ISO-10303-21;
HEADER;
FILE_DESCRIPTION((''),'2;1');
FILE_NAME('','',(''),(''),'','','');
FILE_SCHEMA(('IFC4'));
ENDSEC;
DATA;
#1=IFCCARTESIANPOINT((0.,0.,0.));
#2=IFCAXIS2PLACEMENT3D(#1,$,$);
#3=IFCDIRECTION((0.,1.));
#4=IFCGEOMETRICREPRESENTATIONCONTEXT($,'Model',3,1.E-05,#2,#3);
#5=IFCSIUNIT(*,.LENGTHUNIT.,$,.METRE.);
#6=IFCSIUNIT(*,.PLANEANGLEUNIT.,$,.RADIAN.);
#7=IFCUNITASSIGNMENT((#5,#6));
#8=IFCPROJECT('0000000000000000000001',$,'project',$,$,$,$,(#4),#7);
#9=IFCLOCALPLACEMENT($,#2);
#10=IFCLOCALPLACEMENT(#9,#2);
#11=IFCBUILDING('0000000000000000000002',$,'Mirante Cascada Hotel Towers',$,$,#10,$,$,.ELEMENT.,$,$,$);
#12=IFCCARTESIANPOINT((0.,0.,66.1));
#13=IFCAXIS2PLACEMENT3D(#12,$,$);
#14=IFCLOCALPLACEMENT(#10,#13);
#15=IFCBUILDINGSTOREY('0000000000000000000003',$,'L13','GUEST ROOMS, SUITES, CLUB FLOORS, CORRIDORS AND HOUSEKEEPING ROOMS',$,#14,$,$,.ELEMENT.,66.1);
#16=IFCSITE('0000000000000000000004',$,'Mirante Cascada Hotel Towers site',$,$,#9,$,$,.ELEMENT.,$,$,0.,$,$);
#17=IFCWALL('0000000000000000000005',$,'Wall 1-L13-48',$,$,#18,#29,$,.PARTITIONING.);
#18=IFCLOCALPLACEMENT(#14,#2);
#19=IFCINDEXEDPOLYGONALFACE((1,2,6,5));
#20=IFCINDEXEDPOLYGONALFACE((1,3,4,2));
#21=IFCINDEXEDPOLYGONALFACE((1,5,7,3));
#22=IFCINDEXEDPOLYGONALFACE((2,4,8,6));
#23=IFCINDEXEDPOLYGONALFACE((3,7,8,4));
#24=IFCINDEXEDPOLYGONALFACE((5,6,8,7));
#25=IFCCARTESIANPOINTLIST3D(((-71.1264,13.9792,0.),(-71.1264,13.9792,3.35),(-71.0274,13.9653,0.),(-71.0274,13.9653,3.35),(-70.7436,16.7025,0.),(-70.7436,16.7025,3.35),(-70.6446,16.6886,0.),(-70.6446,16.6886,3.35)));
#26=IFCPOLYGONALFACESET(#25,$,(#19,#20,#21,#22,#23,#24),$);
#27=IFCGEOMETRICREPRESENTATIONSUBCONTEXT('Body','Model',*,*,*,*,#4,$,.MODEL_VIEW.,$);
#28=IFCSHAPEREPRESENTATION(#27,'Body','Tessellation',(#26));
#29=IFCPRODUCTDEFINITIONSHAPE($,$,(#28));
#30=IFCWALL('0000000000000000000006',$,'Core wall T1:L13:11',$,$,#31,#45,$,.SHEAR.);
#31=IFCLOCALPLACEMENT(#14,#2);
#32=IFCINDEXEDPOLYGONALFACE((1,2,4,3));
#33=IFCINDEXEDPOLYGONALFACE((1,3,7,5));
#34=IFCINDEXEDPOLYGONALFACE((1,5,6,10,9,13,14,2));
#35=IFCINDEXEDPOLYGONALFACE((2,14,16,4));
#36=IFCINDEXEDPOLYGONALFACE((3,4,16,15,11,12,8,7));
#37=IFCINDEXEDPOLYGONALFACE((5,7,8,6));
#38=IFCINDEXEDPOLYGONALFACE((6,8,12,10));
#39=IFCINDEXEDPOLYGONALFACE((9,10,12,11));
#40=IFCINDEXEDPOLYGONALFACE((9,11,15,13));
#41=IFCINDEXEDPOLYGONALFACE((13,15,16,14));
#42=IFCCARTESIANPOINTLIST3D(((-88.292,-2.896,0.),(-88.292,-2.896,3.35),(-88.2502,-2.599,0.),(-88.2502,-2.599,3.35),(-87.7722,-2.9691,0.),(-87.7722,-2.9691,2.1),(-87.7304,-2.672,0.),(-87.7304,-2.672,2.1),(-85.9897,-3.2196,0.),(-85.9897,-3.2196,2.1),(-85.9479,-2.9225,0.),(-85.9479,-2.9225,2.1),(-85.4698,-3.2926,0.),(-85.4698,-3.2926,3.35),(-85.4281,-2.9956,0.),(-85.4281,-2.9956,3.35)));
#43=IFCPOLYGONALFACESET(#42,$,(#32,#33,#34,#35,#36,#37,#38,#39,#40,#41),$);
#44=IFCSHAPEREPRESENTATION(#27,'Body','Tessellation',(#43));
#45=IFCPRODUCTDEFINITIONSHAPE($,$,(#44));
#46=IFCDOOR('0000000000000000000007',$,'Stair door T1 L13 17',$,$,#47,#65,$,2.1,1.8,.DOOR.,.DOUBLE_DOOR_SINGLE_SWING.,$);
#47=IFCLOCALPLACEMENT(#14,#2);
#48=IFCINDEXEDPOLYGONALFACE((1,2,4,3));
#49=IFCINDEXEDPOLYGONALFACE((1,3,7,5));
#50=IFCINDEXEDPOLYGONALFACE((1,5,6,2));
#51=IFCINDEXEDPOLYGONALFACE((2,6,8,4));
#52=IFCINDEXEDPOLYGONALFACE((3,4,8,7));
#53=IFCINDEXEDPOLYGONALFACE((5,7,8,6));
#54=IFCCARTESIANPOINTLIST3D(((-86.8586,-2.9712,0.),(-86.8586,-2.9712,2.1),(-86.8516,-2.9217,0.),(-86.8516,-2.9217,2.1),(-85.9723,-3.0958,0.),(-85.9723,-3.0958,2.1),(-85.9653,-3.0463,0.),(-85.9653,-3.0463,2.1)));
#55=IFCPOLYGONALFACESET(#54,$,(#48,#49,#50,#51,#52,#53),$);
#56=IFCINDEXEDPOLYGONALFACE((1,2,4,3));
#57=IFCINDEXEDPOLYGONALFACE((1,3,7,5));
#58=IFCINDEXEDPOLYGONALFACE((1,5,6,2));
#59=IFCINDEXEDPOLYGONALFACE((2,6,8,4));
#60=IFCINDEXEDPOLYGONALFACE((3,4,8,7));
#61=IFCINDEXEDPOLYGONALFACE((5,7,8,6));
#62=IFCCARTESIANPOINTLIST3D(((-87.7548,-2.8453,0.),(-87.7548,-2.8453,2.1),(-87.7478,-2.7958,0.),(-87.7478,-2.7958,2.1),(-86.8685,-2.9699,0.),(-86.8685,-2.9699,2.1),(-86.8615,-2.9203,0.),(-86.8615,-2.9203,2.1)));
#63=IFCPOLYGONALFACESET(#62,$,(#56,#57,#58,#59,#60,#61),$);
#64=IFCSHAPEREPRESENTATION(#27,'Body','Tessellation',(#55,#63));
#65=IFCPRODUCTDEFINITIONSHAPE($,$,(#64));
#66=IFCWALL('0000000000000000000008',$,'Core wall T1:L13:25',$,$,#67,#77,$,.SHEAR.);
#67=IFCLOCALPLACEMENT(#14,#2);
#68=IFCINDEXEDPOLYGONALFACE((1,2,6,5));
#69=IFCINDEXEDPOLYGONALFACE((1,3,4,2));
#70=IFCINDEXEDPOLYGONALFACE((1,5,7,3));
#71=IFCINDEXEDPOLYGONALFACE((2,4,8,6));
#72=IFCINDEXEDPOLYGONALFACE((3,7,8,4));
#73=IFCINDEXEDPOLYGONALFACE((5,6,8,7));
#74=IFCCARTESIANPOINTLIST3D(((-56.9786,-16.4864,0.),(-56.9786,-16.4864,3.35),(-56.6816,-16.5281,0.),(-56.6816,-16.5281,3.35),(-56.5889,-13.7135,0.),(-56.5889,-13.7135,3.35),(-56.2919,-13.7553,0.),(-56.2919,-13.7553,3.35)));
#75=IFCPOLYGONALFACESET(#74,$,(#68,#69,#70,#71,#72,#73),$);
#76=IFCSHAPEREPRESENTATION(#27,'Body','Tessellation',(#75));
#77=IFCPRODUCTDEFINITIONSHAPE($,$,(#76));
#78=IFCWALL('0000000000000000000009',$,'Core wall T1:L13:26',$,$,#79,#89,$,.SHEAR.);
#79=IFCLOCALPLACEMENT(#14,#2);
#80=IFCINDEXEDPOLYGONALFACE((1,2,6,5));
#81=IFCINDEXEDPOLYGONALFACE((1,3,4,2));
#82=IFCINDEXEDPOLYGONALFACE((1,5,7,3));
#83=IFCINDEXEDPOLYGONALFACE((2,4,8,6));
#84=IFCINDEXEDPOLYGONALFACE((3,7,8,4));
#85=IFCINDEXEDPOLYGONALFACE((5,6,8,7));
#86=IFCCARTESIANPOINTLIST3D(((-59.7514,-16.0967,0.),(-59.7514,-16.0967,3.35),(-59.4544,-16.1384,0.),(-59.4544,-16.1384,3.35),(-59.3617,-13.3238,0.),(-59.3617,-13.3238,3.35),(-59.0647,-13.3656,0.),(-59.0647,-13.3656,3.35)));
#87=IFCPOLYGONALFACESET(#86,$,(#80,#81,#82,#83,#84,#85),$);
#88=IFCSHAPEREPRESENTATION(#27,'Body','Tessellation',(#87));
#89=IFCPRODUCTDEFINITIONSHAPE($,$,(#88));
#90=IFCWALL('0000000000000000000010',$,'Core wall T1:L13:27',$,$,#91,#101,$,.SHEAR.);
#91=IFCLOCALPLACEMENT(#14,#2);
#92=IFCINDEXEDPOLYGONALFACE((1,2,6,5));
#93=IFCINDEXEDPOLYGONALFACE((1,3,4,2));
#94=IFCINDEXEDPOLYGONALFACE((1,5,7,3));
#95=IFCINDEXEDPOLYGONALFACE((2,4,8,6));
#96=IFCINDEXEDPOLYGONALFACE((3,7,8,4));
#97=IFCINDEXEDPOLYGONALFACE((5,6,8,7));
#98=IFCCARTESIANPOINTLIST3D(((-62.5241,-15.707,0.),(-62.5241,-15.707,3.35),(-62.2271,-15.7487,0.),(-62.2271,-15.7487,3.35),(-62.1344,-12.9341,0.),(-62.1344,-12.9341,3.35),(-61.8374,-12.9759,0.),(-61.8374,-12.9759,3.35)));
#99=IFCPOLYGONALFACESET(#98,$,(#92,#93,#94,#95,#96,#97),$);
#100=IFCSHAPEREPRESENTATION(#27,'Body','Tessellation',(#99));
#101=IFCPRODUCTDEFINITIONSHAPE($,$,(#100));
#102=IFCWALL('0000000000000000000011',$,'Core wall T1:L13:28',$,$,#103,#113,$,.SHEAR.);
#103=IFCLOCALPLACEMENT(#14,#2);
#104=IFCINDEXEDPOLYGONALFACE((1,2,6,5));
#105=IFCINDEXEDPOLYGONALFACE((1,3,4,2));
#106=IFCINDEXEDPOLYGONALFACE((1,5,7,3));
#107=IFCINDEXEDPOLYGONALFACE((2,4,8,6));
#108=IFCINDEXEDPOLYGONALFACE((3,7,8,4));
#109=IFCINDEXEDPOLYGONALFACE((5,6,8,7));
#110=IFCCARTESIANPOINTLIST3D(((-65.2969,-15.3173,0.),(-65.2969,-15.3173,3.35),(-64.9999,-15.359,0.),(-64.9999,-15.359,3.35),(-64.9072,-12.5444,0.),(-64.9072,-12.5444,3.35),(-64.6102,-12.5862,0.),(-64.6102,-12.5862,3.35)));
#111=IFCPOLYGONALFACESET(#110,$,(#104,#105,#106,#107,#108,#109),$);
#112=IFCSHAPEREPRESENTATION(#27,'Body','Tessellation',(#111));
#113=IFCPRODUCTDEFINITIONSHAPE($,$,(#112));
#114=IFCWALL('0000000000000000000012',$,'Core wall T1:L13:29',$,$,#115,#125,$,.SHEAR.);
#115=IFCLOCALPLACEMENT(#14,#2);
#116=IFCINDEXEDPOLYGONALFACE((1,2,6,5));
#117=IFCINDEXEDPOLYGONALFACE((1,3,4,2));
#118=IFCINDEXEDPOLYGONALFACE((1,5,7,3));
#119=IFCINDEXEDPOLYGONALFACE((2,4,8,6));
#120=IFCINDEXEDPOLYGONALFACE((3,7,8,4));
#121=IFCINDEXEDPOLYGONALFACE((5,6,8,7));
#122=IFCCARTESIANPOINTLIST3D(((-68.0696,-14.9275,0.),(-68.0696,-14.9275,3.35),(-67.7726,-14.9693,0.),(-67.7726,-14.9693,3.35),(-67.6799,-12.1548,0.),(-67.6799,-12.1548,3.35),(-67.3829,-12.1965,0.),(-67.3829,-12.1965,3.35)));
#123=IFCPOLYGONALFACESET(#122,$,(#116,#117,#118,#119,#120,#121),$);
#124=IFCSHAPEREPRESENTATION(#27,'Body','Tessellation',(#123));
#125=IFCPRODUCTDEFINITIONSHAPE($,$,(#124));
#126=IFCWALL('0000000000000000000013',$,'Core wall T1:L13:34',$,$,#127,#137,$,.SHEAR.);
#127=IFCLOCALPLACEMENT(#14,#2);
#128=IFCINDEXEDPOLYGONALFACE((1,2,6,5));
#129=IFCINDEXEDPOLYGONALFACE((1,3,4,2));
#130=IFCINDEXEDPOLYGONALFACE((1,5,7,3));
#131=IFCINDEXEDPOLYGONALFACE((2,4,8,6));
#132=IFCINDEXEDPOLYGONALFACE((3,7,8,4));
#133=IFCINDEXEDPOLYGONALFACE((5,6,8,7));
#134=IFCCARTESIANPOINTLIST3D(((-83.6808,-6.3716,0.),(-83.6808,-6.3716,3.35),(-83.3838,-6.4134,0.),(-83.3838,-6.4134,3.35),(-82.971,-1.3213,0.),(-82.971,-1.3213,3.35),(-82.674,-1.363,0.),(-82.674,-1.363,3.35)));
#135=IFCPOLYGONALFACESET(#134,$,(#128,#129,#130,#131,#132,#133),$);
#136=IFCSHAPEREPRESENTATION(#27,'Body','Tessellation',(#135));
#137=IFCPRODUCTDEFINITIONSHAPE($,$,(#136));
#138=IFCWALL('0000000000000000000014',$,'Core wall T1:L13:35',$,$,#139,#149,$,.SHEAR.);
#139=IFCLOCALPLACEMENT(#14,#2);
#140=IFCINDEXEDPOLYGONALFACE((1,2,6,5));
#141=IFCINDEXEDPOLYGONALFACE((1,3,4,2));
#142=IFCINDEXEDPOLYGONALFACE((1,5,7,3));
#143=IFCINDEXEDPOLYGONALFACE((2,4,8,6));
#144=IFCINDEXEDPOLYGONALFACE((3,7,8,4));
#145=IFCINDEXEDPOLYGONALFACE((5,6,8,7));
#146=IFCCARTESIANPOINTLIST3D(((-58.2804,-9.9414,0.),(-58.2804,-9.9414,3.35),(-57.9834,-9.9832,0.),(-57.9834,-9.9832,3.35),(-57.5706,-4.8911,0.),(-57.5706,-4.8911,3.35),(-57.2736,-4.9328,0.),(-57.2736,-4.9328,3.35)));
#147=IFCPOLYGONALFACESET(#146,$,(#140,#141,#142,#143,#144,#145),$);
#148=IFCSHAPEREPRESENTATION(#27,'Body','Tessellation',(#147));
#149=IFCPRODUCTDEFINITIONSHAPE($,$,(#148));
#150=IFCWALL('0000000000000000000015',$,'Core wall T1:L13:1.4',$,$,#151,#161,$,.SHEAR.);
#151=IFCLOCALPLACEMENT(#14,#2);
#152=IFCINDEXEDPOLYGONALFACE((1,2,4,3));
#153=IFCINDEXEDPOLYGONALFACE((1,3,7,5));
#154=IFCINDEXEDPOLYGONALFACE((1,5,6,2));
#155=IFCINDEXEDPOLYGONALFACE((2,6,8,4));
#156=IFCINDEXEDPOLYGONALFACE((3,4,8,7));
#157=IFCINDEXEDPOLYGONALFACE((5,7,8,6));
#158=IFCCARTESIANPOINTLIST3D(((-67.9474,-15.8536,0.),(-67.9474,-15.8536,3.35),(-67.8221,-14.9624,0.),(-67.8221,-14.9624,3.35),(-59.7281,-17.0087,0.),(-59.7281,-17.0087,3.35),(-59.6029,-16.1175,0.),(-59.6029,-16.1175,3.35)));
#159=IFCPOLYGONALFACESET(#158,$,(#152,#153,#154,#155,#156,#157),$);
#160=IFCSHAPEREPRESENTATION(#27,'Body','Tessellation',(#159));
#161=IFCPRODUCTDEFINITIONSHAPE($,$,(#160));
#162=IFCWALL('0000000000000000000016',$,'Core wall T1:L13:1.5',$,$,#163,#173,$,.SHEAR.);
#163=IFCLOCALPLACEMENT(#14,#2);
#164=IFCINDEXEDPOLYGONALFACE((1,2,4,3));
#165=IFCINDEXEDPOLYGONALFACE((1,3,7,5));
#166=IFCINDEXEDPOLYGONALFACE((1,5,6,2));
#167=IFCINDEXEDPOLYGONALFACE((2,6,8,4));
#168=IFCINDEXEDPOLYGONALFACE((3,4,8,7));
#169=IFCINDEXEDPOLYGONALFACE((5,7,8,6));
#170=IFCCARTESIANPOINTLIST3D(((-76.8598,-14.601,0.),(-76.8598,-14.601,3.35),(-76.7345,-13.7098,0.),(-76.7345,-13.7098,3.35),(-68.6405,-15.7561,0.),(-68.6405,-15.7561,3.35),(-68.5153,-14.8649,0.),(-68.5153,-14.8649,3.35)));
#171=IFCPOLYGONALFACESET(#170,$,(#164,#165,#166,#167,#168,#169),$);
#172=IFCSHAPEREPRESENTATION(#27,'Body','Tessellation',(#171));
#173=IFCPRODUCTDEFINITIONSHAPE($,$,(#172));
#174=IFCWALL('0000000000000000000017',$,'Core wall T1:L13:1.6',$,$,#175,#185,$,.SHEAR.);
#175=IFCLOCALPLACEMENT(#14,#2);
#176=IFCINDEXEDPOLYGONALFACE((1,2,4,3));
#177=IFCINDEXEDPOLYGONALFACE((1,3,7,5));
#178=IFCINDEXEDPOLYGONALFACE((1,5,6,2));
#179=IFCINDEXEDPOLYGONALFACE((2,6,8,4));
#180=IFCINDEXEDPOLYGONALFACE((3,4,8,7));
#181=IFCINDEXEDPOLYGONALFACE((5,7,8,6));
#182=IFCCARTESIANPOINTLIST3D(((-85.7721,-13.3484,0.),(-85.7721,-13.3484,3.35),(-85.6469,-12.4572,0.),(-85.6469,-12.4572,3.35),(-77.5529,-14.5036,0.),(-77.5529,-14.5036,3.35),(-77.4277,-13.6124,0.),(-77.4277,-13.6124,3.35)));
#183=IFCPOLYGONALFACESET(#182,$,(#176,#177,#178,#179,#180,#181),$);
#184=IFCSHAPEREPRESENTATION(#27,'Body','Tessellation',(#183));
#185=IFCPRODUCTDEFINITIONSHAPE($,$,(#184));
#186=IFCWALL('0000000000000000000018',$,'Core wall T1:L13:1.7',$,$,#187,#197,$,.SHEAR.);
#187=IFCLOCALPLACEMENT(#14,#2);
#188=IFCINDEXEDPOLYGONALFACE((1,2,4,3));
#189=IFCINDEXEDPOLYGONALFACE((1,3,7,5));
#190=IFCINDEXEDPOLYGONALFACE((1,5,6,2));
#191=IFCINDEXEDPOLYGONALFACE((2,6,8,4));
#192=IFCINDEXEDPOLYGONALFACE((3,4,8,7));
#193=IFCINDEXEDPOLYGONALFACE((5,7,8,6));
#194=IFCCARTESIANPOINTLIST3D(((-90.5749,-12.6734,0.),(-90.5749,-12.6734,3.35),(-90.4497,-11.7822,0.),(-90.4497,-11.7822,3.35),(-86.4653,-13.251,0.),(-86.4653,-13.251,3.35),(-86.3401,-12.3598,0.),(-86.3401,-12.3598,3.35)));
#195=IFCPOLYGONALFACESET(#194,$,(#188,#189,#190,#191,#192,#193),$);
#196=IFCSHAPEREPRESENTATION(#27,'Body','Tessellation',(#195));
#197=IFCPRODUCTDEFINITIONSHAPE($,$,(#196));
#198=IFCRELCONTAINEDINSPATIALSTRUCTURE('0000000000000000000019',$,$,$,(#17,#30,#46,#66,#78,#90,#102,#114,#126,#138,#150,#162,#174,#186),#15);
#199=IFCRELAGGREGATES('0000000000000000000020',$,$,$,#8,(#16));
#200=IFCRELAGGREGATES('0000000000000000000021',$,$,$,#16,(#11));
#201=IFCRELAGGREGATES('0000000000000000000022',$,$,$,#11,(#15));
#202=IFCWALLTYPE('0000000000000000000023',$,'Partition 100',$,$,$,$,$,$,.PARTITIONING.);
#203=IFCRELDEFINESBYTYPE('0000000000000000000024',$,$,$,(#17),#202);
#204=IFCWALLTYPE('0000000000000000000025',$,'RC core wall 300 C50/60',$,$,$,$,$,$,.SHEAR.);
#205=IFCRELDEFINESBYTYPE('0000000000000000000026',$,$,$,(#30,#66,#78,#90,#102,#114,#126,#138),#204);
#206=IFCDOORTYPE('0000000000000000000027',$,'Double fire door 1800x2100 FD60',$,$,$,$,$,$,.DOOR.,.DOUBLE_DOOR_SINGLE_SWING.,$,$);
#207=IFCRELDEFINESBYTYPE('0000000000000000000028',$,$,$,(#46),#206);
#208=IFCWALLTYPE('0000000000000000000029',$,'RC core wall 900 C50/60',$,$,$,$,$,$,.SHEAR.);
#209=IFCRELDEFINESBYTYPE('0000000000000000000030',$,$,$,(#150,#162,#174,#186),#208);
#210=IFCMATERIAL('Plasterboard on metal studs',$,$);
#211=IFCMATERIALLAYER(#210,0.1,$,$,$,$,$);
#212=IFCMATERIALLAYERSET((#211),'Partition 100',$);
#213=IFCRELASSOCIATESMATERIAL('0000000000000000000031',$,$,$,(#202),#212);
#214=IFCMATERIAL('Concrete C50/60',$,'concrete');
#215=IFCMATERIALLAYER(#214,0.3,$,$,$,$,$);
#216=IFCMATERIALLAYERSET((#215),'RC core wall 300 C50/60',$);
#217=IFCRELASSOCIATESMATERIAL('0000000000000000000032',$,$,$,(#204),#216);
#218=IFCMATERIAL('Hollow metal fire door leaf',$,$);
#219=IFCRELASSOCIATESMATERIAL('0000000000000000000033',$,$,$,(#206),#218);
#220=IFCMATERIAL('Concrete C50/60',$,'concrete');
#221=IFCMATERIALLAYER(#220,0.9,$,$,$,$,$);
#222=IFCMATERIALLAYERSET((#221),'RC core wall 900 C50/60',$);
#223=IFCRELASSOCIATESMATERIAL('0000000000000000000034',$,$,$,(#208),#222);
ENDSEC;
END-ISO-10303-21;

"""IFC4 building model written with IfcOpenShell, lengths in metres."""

from ifc_helpers import new_model, si_unit, direction, frame, frame_2d, origin, place, context, subcontext, project, spatial, rectangle, extrude, material, layer, layer_set, type_object, element, fill, save


model = new_model("IFC4")

# Units and contexts
model_context = context("Model", 3, precision=1e-05, world=origin(), true_north=direction((0.0, 1.0)))
body_context = subcontext(model_context, "Body", "Model", "MODEL_VIEW")
ifc_project = project(units=[si_unit("LENGTHUNIT", "METRE"), si_unit("PLANEANGLEUNIT", "RADIAN")], contexts=[model_context])

# Site, building, storey
site_placement = place(None, origin())
site = spatial("IfcSite", under=ifc_project, at=site_placement, Name="Mirante Cascada Hotel Towers site", CompositionType="ELEMENT", RefElevation=0.0)
building_placement = place(site_placement, origin())
building = spatial("IfcBuilding", under=site, at=building_placement, Name="Mirante Cascada Hotel Towers", CompositionType="ELEMENT")
storey_placement = place(building_placement, frame((0.0, 0.0, 66.1)))
storey = spatial("IfcBuildingStorey", under=building, at=storey_placement, Name="L13", Description="GUEST ROOMS, SUITES, CLUB FLOORS, CORRIDORS AND HOUSEKEEPING ROOMS", CompositionType="ELEMENT", Elevation=66.1)

# Wall
ifc_material_1 = material(Name="Plasterboard on metal studs")
ifc_layer_1 = layer(ifc_material_1, 0.1)
ifc_layer_set_1 = layer_set([ifc_layer_1], Name="Partition 100")
wall_type_1 = type_object("IfcWallType", Name="Partition 100", PredefinedType="PARTITIONING", material=ifc_layer_set_1)
wall_1_placement = place(storey_placement, frame((-71.0769, 13.9722, 0.0), z_axis=(0.0, 0.0, 1.0), x_axis=(0.139196, 0.990265, 0.0)))
element("IfcWall", 1, at=wall_1_placement, inside=storey, type_object=wall_type_1, Name="Wall 1-L13-48", PredefinedType="PARTITIONING", context=body_context, shape_type="SweptSolid", body=[
    extrude(rectangle(XDim=2.7501, YDim=0.1, at=frame_2d((1.3751, 0.0))), origin(), (0.0, 0.0, 1.0), 3.35),
])

# Wall, opening, door
ifc_material_2 = material(Name="Concrete C50/60", Category="concrete")
ifc_layer_2 = layer(ifc_material_2, 0.3)
ifc_layer_set_2 = layer_set([ifc_layer_2], Name="RC core wall 300 C50/60")
wall_type_2 = type_object("IfcWallType", Name="RC core wall 300 C50/60", PredefinedType="SHEAR", material=ifc_layer_set_2)
wall_2_placement = place(storey_placement, frame((-85.4489, -3.1441, 0.0), z_axis=(0.0, 0.0, 1.0), x_axis=(-0.99027, 0.139161, 0.0)))
wall_2 = element("IfcWall", 2, at=wall_2_placement, inside=storey, type_object=wall_type_2, Name="Core wall T1:L13:11", PredefinedType="SHEAR", context=body_context, shape_type="SweptSolid", body=[
    extrude(rectangle(XDim=2.8499, YDim=0.3, at=frame_2d((1.425, 0.0))), origin(), (0.0, 0.0, 1.0), 3.35),
])
opening_placement = place(wall_2_placement, frame((0.525, 0.0, 0.0)))
opening = element("IfcOpeningElement", 3, at=opening_placement, cuts=wall_2, PredefinedType="OPENING", context=body_context, shape_type="SweptSolid", body=[
    extrude(rectangle(XDim=1.8, YDim=2.1, at=frame_2d((0.9, 1.05))), frame((0.0, 0.15, 0.0), z_axis=(0.0, -1.0, 0.0), x_axis=(1.0, 0.0, 0.0)), (0.0, 0.0, 1.0), 0.3),
])
ifc_material_3 = material(Name="Hollow metal fire door leaf")
door_type = type_object("IfcDoorType", Name="Double fire door 1800x2100 FD60", OperationType="DOUBLE_DOOR_SINGLE_SWING", PredefinedType="DOOR", material=ifc_material_3)
door_placement = place(opening_placement, origin())
door = element("IfcDoor", 4, at=door_placement, inside=storey, type_object=door_type, Name="Stair door T1 L13 17", OperationType="DOUBLE_DOOR_SINGLE_SWING", OverallHeight=2.1, OverallWidth=1.8, PredefinedType="DOOR", context=body_context, shape_type="SweptSolid", body=[
    extrude(rectangle(XDim=0.895, YDim=2.1, at=frame_2d((0.4475, 1.05))), frame((0.0, 0.025, 0.0), z_axis=(0.0, -1.0, 0.0), x_axis=(1.0, 0.0, 0.0)), (0.0, 0.0, 1.0), 0.05),
    extrude(rectangle(XDim=0.895, YDim=2.1, at=frame_2d((1.3525, 1.05))), frame((0.0, 0.025, 0.0), z_axis=(0.0, -1.0, 0.0), x_axis=(1.0, 0.0, 0.0)), (0.0, 0.0, 1.0), 0.05),
])
fill(opening, door)

# Walls
for number, where, z_axis, x_axis, name in (
    (5, (-56.8301, -16.5072, 0.0), (0.0, 0.0, 1.0), (0.139176, 0.990268, 0.0), "Core wall T1:L13:25"),
    (6, (-59.6029, -16.1175, 0.0), (0.0, 0.0, 1.0), (0.139176, 0.990268, 0.0), "Core wall T1:L13:26"),
    (7, (-62.3756, -15.7278, 0.0), (0.0, 0.0, 1.0), (0.139176, 0.990268, 0.0), "Core wall T1:L13:27"),
    (8, (-65.1484, -15.3381, 0.0), (0.0, 0.0, 1.0), (0.139176, 0.990268, 0.0), "Core wall T1:L13:28"),
):
    element("IfcWall", number, at=place(storey_placement, frame(where, z_axis=z_axis, x_axis=x_axis)), inside=storey, type_object=wall_type_2, Name=name, PredefinedType="SHEAR", context=body_context, shape_type="SweptSolid", body=[
        extrude(rectangle(XDim=2.8001, YDim=0.3, at=frame_2d((1.4, 0.0))), origin(), (0.0, 0.0, 1.0), 3.35),
    ])
wall_3_placement = place(storey_placement, frame((-67.9211, -14.9484, 0.0), z_axis=(0.0, 0.0, 1.0), x_axis=(0.139181, 0.990267, 0.0)))
element("IfcWall", 9, at=wall_3_placement, inside=storey, type_object=wall_type_2, Name="Core wall T1:L13:29", PredefinedType="SHEAR", context=body_context, shape_type="SweptSolid", body=[
    extrude(rectangle(XDim=2.8, YDim=0.3, at=frame_2d((1.4, 0.0))), origin(), (0.0, 0.0, 1.0), 3.35),
])
for number, where, z_axis, x_axis, name in (
    (10, (-83.5323, -6.3925, 0.0), (0.0, 0.0, 1.0), (0.139176, 0.990268, 0.0), "Core wall T1:L13:34"),
    (11, (-58.1319, -9.9623, 0.0), (0.0, 0.0, 1.0), (0.139176, 0.990268, 0.0), "Core wall T1:L13:35"),
):
    element("IfcWall", number, at=place(storey_placement, frame(where, z_axis=z_axis, x_axis=x_axis)), inside=storey, type_object=wall_type_2, Name=name, PredefinedType="SHEAR", context=body_context, shape_type="SweptSolid", body=[
        extrude(rectangle(XDim=5.1, YDim=0.3, at=frame_2d((2.55, 0.0))), origin(), (0.0, 0.0, 1.0), 3.35),
    ])
ifc_material_4 = material(Name="Concrete C50/60", Category="concrete")
ifc_layer_3 = layer(ifc_material_4, 0.9)
ifc_layer_set_3 = layer_set([ifc_layer_3], Name="RC core wall 900 C50/60")
wall_type_3 = type_object("IfcWallType", Name="RC core wall 900 C50/60", PredefinedType="SHEAR", material=ifc_layer_set_3)
for number, where, z_axis, x_axis, name in (
    (12, (-59.6655, -16.5631, 0.0), (0.0, 0.0, 1.0), (-0.990269, 0.139169, 0.0), "Core wall T1:L13:1.4"),
    (13, (-68.5779, -15.3105, 0.0), (0.0, 0.0, 1.0), (-0.990269, 0.139169, 0.0), "Core wall T1:L13:1.5"),
    (14, (-77.4903, -14.058, 0.0), (0.0, 0.0, 1.0), (-0.990267, 0.139181, 0.0), "Core wall T1:L13:1.6"),
):
    element("IfcWall", number, at=place(storey_placement, frame(where, z_axis=z_axis, x_axis=x_axis)), inside=storey, type_object=wall_type_3, Name=name, PredefinedType="SHEAR", context=body_context, shape_type="SweptSolid", body=[
        extrude(rectangle(XDim=8.3, YDim=0.9, at=frame_2d((4.15, 0.0))), origin(), (0.0, 0.0, 1.0), 3.35),
    ])
wall_4_placement = place(storey_placement, frame((-86.4027, -12.8054, 0.0), z_axis=(0.0, 0.0, 1.0), x_axis=(-0.990267, 0.139181, 0.0)))
element("IfcWall", 15, at=wall_4_placement, inside=storey, type_object=wall_type_3, Name="Core wall T1:L13:1.7", PredefinedType="SHEAR", context=body_context, shape_type="SweptSolid", body=[
    extrude(rectangle(XDim=4.15, YDim=0.9, at=frame_2d((2.075, 0.0))), origin(), (0.0, 0.0, 1.0), 3.35),
])

save(model, "model.ifc")
